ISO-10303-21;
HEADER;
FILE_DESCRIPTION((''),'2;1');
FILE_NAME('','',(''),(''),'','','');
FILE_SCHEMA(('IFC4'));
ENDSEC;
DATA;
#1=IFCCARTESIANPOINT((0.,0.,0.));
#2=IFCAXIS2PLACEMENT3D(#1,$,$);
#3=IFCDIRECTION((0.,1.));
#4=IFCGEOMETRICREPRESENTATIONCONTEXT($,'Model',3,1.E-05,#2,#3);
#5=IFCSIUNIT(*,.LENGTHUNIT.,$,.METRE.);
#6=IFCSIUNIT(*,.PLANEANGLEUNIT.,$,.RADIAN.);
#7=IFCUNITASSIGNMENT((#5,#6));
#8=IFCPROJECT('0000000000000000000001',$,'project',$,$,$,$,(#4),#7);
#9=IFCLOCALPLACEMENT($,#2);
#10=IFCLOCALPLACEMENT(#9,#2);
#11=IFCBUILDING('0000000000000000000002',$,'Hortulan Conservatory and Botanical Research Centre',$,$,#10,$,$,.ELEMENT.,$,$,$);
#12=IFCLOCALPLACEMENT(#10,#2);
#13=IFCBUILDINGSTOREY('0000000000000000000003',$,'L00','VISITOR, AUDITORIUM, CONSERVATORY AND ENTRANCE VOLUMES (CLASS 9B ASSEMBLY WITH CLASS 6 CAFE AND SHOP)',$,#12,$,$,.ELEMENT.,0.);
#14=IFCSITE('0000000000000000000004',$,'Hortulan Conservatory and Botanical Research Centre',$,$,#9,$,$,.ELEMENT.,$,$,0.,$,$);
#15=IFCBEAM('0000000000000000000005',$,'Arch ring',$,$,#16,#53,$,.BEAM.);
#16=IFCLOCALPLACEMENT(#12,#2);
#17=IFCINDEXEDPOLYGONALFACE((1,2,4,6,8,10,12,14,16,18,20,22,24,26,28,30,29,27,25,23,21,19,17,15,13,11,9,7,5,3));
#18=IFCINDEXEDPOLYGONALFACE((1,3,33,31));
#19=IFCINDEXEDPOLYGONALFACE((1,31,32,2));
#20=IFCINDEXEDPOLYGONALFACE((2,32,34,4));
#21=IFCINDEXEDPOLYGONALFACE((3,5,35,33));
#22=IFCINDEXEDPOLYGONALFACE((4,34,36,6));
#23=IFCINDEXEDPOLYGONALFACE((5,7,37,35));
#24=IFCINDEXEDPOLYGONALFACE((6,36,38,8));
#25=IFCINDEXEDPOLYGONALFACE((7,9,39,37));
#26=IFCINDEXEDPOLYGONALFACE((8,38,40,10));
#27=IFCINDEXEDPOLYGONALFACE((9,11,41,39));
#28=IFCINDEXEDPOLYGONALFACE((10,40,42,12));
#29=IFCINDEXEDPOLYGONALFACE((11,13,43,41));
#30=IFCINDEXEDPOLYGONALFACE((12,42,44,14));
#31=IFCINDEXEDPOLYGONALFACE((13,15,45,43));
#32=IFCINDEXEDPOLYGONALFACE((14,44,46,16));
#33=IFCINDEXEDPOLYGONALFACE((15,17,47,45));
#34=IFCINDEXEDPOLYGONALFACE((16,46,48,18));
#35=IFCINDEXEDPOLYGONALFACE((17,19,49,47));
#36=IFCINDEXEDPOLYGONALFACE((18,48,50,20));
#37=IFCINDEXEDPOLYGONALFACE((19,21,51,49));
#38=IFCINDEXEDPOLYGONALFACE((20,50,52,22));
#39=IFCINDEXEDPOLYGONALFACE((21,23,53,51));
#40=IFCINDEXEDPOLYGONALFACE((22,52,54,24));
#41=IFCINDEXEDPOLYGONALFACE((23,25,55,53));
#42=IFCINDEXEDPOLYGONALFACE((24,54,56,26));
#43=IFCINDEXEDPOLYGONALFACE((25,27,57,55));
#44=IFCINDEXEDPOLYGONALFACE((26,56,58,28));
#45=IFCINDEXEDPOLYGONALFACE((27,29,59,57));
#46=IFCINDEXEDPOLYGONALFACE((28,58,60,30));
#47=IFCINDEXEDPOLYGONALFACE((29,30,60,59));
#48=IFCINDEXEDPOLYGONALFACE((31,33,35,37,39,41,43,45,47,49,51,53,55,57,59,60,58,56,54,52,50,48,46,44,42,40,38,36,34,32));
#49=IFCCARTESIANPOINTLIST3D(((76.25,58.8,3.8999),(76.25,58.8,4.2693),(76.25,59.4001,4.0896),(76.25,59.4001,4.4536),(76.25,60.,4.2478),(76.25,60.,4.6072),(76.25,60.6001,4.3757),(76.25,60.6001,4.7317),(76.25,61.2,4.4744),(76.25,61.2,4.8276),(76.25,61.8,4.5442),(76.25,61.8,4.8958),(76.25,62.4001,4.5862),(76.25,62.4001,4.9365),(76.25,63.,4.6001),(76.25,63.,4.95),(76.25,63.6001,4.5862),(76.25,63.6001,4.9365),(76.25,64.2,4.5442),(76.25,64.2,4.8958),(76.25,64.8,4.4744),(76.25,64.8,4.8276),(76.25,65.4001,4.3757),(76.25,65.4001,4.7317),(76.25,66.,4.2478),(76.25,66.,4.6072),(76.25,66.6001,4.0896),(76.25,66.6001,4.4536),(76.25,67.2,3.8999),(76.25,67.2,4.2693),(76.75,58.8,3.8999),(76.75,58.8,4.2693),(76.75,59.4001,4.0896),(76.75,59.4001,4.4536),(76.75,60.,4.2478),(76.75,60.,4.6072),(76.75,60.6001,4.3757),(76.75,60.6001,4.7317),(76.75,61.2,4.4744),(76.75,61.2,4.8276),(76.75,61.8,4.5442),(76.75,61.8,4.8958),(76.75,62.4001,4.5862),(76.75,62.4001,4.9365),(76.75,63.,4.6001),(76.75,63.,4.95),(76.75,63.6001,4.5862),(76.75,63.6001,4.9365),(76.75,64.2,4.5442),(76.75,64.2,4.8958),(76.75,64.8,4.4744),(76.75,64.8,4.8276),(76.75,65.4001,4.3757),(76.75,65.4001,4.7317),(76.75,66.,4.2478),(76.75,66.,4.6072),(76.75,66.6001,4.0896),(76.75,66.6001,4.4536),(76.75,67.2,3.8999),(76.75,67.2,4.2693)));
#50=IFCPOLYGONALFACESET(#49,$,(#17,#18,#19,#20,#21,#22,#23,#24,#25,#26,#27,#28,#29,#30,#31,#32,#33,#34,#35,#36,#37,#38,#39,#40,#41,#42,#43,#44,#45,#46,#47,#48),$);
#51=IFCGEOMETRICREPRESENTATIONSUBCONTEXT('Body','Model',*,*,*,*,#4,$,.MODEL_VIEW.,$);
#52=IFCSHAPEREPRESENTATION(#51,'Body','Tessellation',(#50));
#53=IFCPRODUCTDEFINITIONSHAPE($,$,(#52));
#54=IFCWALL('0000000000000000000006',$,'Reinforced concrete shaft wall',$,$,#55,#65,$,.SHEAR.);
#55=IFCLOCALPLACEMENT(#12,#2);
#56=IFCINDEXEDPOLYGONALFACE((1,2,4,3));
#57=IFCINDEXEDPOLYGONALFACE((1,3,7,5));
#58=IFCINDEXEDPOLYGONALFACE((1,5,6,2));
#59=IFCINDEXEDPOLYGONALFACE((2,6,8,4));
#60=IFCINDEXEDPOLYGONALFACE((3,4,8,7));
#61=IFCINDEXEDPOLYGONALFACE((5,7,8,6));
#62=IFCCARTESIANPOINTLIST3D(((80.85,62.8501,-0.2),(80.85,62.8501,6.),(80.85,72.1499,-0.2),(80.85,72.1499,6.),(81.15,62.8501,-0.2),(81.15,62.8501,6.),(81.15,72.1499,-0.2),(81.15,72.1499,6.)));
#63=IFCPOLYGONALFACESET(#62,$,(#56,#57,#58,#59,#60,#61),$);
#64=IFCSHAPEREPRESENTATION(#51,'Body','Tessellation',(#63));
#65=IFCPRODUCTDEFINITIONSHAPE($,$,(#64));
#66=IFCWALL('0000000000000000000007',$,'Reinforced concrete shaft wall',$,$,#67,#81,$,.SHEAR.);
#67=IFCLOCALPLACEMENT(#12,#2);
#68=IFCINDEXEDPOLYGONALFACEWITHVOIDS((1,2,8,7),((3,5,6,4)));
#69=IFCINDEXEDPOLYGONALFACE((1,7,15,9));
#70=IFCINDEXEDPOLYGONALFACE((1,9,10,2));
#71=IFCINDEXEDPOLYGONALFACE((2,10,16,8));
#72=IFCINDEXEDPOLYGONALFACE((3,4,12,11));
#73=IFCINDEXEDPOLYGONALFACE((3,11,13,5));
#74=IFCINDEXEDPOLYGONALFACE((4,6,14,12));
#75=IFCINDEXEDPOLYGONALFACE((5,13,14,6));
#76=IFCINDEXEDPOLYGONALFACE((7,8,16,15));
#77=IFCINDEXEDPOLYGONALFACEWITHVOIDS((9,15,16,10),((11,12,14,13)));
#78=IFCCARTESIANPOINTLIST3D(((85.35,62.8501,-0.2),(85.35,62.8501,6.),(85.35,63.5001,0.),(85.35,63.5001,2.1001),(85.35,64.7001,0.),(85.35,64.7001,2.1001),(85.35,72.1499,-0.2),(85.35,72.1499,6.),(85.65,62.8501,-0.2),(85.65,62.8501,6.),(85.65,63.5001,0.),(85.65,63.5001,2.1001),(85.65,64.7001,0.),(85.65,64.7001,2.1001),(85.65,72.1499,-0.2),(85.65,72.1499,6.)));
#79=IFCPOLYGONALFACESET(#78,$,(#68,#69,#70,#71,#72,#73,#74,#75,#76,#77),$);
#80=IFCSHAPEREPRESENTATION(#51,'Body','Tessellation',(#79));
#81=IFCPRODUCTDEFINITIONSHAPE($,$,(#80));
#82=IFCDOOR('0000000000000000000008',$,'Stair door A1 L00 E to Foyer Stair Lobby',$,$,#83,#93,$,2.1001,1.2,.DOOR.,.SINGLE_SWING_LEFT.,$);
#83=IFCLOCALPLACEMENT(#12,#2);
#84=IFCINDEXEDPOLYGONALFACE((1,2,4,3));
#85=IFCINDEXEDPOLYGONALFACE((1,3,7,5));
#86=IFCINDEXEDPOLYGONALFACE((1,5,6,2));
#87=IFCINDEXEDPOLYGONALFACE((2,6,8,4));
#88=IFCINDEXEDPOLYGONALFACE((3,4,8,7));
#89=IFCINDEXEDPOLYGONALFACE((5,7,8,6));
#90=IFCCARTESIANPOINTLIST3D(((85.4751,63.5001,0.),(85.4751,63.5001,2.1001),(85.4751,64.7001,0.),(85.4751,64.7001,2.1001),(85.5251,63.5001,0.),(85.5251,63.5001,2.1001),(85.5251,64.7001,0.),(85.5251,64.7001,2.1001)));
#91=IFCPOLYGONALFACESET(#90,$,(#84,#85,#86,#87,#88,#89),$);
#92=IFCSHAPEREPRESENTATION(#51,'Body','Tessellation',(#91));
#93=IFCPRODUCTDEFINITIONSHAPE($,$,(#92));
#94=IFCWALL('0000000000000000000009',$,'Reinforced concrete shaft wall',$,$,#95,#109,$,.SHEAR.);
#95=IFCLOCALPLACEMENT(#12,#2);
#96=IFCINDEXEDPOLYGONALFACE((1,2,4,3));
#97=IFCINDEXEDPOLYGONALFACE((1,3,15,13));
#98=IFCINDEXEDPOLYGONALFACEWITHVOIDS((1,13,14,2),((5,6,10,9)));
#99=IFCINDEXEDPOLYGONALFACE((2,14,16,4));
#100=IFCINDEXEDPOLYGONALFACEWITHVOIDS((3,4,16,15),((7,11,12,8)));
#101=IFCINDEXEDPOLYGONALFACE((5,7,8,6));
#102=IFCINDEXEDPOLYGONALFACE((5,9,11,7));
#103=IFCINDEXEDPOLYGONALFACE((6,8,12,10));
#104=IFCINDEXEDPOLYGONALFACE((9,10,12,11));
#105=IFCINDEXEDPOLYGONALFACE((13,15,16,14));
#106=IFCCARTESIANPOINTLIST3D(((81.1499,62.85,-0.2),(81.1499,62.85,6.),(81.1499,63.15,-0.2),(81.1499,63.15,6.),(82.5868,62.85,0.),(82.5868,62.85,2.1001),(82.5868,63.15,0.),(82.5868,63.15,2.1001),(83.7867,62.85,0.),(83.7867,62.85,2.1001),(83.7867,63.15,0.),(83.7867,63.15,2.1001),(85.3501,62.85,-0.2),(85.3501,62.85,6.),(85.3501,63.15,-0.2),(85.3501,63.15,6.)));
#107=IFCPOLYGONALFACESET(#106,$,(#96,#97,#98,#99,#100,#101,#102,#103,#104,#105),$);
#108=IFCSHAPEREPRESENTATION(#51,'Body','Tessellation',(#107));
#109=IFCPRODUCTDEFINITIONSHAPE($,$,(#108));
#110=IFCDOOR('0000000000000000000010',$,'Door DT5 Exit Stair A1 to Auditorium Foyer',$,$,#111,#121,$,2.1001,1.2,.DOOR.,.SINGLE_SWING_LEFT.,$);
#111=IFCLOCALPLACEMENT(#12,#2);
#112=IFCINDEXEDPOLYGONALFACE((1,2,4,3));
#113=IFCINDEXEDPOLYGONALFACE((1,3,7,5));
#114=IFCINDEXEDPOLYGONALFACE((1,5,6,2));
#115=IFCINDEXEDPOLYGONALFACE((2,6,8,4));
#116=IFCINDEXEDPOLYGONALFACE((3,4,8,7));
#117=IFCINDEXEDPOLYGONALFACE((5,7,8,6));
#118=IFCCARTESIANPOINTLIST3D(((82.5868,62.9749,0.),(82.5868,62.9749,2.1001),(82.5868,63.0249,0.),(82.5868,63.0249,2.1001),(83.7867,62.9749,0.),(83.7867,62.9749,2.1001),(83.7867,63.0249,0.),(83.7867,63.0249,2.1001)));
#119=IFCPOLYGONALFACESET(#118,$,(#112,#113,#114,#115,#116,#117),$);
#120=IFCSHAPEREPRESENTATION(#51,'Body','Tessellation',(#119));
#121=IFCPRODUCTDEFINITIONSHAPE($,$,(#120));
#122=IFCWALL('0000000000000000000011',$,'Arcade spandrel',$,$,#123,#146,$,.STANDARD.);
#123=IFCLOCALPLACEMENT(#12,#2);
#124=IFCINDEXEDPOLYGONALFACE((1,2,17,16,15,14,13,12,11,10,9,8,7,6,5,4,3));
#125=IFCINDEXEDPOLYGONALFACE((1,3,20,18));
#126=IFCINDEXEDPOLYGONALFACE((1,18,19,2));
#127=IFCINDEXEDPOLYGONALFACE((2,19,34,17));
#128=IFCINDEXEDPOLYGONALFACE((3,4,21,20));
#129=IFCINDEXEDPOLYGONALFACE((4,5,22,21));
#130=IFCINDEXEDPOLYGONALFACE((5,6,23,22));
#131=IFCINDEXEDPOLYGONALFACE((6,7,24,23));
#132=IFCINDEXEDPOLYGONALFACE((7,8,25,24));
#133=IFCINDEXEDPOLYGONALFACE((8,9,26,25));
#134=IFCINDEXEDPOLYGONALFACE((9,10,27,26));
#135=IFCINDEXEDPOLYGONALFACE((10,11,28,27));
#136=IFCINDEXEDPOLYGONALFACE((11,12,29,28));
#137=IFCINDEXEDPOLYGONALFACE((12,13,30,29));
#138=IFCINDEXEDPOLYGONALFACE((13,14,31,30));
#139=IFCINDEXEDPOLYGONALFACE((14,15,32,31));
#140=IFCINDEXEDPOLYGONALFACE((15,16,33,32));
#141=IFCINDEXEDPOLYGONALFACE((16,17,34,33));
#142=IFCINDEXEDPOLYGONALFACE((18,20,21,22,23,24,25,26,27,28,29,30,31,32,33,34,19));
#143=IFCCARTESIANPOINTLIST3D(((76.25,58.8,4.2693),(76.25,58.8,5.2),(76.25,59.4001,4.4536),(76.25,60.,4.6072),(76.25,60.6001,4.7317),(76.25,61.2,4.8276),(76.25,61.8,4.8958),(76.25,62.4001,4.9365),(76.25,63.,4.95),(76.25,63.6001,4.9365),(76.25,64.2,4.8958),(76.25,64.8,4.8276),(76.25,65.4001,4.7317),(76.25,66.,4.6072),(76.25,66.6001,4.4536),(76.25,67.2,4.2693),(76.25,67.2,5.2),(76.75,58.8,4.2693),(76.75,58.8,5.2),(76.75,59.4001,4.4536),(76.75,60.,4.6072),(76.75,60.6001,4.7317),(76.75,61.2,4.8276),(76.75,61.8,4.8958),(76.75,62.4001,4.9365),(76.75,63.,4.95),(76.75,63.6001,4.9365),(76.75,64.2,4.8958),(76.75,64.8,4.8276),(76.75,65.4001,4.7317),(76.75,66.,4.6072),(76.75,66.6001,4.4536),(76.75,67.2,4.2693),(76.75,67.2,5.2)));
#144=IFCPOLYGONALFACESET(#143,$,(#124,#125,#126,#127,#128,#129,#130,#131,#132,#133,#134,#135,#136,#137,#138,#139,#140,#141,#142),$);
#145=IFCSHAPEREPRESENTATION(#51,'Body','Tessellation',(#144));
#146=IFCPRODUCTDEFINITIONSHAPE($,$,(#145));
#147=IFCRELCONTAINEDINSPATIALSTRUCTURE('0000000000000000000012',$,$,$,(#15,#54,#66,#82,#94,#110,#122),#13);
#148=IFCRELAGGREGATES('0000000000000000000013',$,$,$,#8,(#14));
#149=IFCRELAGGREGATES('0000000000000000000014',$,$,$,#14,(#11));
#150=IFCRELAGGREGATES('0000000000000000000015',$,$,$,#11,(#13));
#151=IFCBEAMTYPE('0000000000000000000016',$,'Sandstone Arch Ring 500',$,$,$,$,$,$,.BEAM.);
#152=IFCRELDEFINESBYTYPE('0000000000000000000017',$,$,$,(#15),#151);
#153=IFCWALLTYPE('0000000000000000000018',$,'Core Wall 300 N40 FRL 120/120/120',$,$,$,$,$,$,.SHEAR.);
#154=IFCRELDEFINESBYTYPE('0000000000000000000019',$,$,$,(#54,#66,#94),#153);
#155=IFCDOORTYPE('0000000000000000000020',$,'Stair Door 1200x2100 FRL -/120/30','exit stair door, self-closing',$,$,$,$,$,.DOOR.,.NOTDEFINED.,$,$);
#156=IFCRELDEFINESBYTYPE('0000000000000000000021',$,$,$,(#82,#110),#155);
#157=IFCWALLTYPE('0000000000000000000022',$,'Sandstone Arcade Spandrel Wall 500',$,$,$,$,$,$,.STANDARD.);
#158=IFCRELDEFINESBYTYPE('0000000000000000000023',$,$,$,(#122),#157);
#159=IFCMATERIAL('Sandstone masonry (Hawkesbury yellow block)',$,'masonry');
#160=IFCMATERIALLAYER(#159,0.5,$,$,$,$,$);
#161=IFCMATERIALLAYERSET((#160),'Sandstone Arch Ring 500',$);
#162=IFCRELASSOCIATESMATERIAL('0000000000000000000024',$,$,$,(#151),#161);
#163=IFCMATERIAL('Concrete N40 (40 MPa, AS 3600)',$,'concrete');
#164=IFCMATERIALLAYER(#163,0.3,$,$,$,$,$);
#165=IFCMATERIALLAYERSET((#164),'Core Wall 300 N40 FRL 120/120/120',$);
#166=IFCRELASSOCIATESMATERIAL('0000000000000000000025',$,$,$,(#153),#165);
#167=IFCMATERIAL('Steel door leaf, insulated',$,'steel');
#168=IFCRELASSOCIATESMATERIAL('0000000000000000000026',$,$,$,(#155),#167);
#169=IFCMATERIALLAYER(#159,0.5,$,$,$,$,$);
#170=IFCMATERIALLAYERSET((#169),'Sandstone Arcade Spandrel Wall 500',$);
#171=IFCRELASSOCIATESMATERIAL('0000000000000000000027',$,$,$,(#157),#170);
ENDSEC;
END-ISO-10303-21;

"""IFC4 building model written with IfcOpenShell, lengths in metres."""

from ifc_helpers import new_model, si_unit, direction, frame, frame_2d, origin, place, context, subcontext, project, spatial, polyline, rectangle, outline, extrude, material, layer, layer_set, type_object, element, fill, save


model = new_model("IFC4")

# Units and contexts
model_context = context("Model", 3, precision=1e-05, world=origin(), true_north=direction((0.0, 1.0)))
body_context = subcontext(model_context, "Body", "Model", "MODEL_VIEW")
ifc_project = project(units=[si_unit("LENGTHUNIT", "METRE"), si_unit("PLANEANGLEUNIT", "RADIAN")], contexts=[model_context])

# Site, building, storey
site_placement = place(None, origin())
site = spatial("IfcSite", under=ifc_project, at=site_placement, Name="Hortulan Conservatory and Botanical Research Centre", CompositionType="ELEMENT", RefElevation=0.0)
building_placement = place(site_placement, origin())
building = spatial("IfcBuilding", under=site, at=building_placement, Name="Hortulan Conservatory and Botanical Research Centre", CompositionType="ELEMENT")
storey_placement = place(building_placement, origin())
storey = spatial("IfcBuildingStorey", under=building, at=storey_placement, Name="L00", Description="VISITOR, AUDITORIUM, CONSERVATORY AND ENTRANCE VOLUMES (CLASS 9B ASSEMBLY WITH CLASS 6 CAFE AND SHOP)", CompositionType="ELEMENT", Elevation=0.0)

# Shared definitions
ifc_material_1 = material(Name="Concrete N40 (40 MPa, AS 3600)", Category="concrete")

# Beam
ifc_material_2 = material(Name="Sandstone masonry (Hawkesbury yellow block)", Category="masonry")
ifc_layer_1 = layer(ifc_material_2, 0.5)
ifc_layer_set_1 = layer_set([ifc_layer_1], Name="Sandstone Arch Ring 500")
beam_type = type_object("IfcBeamType", Name="Sandstone Arch Ring 500", PredefinedType="BEAM", material=ifc_layer_set_1)
beam_placement = place(storey_placement, frame((76.5, 58.8, 3.8999), z_axis=(0.0, 0.0, 1.0), x_axis=(0.0, 1.0, 0.0)))
element("IfcBeam", 1, at=beam_placement, inside=storey, type_object=beam_type, Name="Arch ring", PredefinedType="BEAM", context=body_context, shape_type="SweptSolid", body=[
    extrude(outline(polyline([(0.0, 0.0), (0.6001, 0.1897), (1.2, 0.3479), (1.8, 0.4758), (2.3999, 0.5745), (3.0, 0.6443), (3.6001, 0.6863), (4.2, 0.7002), (4.8, 0.6863), (5.3999, 0.6443), (6.0, 0.5745), (6.6001, 0.4758), (7.2, 0.3479), (7.8, 0.1897), (8.3999, 0.0), (8.3999, 0.3694), (7.8, 0.5537), (7.2, 0.7073), (6.6001, 0.8318), (6.0, 0.9277), (5.3999, 0.9958), (4.8, 1.0366), (4.2, 1.05), (3.6001, 1.0366), (3.0, 0.9958), (2.3999, 0.9277), (1.8, 0.8318), (1.2, 0.7073), (0.6001, 0.5537), (0.0, 0.3694), (0.0, 0.0)])), frame((0.0, 0.25, 0.0), z_axis=(0.0, -1.0, 0.0), x_axis=(1.0, 0.0, 0.0)), (0.0, 0.0, 1.0), 0.5),
])

# Wall
ifc_layer_2 = layer(ifc_material_1, 0.3)
ifc_layer_set_2 = layer_set([ifc_layer_2], Name="Core Wall 300 N40 FRL 120/120/120")
wall_type_1 = type_object("IfcWallType", Name="Core Wall 300 N40 FRL 120/120/120", PredefinedType="SHEAR", material=ifc_layer_set_2)
wall_1_placement = place(storey_placement, frame((81.0, 62.8501, -0.2), z_axis=(0.0, 0.0, 1.0), x_axis=(0.0, 1.0, 0.0)))
element("IfcWall", 2, at=wall_1_placement, inside=storey, type_object=wall_type_1, Name="Reinforced concrete shaft wall", PredefinedType="SHEAR", context=body_context, shape_type="SweptSolid", body=[
    extrude(rectangle(XDim=9.2998, YDim=0.3, at=frame_2d((4.6499, 0.0))), origin(), (0.0, 0.0, 1.0), 6.2),
])

# Walls, openings, doors
wall_2_placement = place(storey_placement, frame((85.5, 62.8501, -0.2), z_axis=(0.0, 0.0, 1.0), x_axis=(0.0, 1.0, 0.0)))
wall_2 = element("IfcWall", 3, at=wall_2_placement, inside=storey, type_object=wall_type_1, Name="Reinforced concrete shaft wall", PredefinedType="SHEAR", context=body_context, shape_type="SweptSolid", body=[
    extrude(rectangle(XDim=9.2998, YDim=0.3, at=frame_2d((4.6499, 0.0))), origin(), (0.0, 0.0, 1.0), 6.2),
])
opening_1_placement = place(wall_2_placement, frame((0.6499, 0.0, 0.2)))
opening_1 = element("IfcOpeningElement", 4, at=opening_1_placement, cuts=wall_2, PredefinedType="OPENING", context=body_context, shape_type="SweptSolid", body=[
    extrude(rectangle(XDim=1.2, YDim=2.1001, at=frame_2d((0.6001, 1.05))), frame((0.0, 0.1599, 0.0), z_axis=(0.0, -1.0, 0.0), x_axis=(1.0, 0.0, 0.0)), (0.0, 0.0, 1.0), 0.3201),
])
ifc_material_3 = material(Name="Steel door leaf, insulated", Category="steel")
door_type = type_object("IfcDoorType", Name="Stair Door 1200x2100 FRL -/120/30", Description="exit stair door, self-closing", OperationType="NOTDEFINED", PredefinedType="DOOR", material=ifc_material_3)
door_1_placement = place(opening_1_placement, origin())
door_1 = element("IfcDoor", 5, at=door_1_placement, inside=storey, type_object=door_type, Name="Stair door A1 L00 E to Foyer Stair Lobby", OperationType="SINGLE_SWING_LEFT", OverallHeight=2.1001, OverallWidth=1.2, PredefinedType="DOOR", context=body_context, shape_type="SweptSolid", body=[
    extrude(rectangle(XDim=1.2, YDim=2.1001, at=frame_2d((0.6001, 1.05))), frame((0.0, 0.0249, 0.0), z_axis=(0.0, -1.0, 0.0), x_axis=(1.0, 0.0, 0.0)), (0.0, 0.0, 1.0), 0.05),
])
fill(opening_1, door_1)
wall_3_placement = place(storey_placement, frame((81.1499, 63.0, -0.2), z_axis=(0.0, 0.0, 1.0), x_axis=(1.0, 0.0, 0.0)))
wall_3 = element("IfcWall", 6, at=wall_3_placement, inside=storey, type_object=wall_type_1, Name="Reinforced concrete shaft wall", PredefinedType="SHEAR", context=body_context, shape_type="SweptSolid", body=[
    extrude(rectangle(XDim=4.2002, YDim=0.3, at=frame_2d((2.1001, 0.0))), origin(), (0.0, 0.0, 1.0), 6.2),
])
opening_2_placement = place(wall_3_placement, frame((1.4368, 0.0, 0.2)))
opening_2 = element("IfcOpeningElement", 7, at=opening_2_placement, cuts=wall_3, PredefinedType="OPENING", context=body_context, shape_type="SweptSolid", body=[
    extrude(rectangle(XDim=1.2, YDim=2.1001, at=frame_2d((0.6001, 1.05))), frame((0.0, 0.1599, 0.0), z_axis=(0.0, -1.0, 0.0), x_axis=(1.0, 0.0, 0.0)), (0.0, 0.0, 1.0), 0.3201),
])
door_2_placement = place(opening_2_placement, origin())
door_2 = element("IfcDoor", 8, at=door_2_placement, inside=storey, type_object=door_type, Name="Door DT5 Exit Stair A1 to Auditorium Foyer", OperationType="SINGLE_SWING_LEFT", OverallHeight=2.1001, OverallWidth=1.2, PredefinedType="DOOR", context=body_context, shape_type="SweptSolid", body=[
    extrude(rectangle(XDim=1.2, YDim=2.1001, at=frame_2d((0.6001, 1.05))), frame((0.0, 0.0249, 0.0), z_axis=(0.0, -1.0, 0.0), x_axis=(1.0, 0.0, 0.0)), (0.0, 0.0, 1.0), 0.05),
])
fill(opening_2, door_2)

# Wall
ifc_layer_3 = layer(ifc_material_2, 0.5)
ifc_layer_set_3 = layer_set([ifc_layer_3], Name="Sandstone Arcade Spandrel Wall 500")
wall_type_2 = type_object("IfcWallType", Name="Sandstone Arcade Spandrel Wall 500", PredefinedType="STANDARD", material=ifc_layer_set_3)
wall_4_placement = place(storey_placement, frame((76.5, 58.8, 4.2693), z_axis=(0.0, 0.0, 1.0), x_axis=(0.0, 1.0, 0.0)))
element("IfcWall", 9, at=wall_4_placement, inside=storey, type_object=wall_type_2, Name="Arcade spandrel", PredefinedType="STANDARD", context=body_context, shape_type="SweptSolid", body=[
    extrude(outline(polyline([(0.0, 0.0), (0.6001, 0.1843), (1.2, 0.3379), (1.8, 0.4624), (2.3999, 0.5583), (3.0, 0.6265), (3.6001, 0.6672), (4.2, 0.6807), (4.8, 0.6672), (5.3999, 0.6265), (6.0, 0.5583), (6.6001, 0.4624), (7.2, 0.3379), (7.8, 0.1843), (8.3999, 0.0), (8.3999, 0.9307), (0.0, 0.9307), (0.0, 0.0)])), frame((0.0, 0.25, 0.0), z_axis=(0.0, -1.0, 0.0), x_axis=(1.0, 0.0, 0.0)), (0.0, 0.0, 1.0), 0.5),
])

save(model, "model.ifc")
